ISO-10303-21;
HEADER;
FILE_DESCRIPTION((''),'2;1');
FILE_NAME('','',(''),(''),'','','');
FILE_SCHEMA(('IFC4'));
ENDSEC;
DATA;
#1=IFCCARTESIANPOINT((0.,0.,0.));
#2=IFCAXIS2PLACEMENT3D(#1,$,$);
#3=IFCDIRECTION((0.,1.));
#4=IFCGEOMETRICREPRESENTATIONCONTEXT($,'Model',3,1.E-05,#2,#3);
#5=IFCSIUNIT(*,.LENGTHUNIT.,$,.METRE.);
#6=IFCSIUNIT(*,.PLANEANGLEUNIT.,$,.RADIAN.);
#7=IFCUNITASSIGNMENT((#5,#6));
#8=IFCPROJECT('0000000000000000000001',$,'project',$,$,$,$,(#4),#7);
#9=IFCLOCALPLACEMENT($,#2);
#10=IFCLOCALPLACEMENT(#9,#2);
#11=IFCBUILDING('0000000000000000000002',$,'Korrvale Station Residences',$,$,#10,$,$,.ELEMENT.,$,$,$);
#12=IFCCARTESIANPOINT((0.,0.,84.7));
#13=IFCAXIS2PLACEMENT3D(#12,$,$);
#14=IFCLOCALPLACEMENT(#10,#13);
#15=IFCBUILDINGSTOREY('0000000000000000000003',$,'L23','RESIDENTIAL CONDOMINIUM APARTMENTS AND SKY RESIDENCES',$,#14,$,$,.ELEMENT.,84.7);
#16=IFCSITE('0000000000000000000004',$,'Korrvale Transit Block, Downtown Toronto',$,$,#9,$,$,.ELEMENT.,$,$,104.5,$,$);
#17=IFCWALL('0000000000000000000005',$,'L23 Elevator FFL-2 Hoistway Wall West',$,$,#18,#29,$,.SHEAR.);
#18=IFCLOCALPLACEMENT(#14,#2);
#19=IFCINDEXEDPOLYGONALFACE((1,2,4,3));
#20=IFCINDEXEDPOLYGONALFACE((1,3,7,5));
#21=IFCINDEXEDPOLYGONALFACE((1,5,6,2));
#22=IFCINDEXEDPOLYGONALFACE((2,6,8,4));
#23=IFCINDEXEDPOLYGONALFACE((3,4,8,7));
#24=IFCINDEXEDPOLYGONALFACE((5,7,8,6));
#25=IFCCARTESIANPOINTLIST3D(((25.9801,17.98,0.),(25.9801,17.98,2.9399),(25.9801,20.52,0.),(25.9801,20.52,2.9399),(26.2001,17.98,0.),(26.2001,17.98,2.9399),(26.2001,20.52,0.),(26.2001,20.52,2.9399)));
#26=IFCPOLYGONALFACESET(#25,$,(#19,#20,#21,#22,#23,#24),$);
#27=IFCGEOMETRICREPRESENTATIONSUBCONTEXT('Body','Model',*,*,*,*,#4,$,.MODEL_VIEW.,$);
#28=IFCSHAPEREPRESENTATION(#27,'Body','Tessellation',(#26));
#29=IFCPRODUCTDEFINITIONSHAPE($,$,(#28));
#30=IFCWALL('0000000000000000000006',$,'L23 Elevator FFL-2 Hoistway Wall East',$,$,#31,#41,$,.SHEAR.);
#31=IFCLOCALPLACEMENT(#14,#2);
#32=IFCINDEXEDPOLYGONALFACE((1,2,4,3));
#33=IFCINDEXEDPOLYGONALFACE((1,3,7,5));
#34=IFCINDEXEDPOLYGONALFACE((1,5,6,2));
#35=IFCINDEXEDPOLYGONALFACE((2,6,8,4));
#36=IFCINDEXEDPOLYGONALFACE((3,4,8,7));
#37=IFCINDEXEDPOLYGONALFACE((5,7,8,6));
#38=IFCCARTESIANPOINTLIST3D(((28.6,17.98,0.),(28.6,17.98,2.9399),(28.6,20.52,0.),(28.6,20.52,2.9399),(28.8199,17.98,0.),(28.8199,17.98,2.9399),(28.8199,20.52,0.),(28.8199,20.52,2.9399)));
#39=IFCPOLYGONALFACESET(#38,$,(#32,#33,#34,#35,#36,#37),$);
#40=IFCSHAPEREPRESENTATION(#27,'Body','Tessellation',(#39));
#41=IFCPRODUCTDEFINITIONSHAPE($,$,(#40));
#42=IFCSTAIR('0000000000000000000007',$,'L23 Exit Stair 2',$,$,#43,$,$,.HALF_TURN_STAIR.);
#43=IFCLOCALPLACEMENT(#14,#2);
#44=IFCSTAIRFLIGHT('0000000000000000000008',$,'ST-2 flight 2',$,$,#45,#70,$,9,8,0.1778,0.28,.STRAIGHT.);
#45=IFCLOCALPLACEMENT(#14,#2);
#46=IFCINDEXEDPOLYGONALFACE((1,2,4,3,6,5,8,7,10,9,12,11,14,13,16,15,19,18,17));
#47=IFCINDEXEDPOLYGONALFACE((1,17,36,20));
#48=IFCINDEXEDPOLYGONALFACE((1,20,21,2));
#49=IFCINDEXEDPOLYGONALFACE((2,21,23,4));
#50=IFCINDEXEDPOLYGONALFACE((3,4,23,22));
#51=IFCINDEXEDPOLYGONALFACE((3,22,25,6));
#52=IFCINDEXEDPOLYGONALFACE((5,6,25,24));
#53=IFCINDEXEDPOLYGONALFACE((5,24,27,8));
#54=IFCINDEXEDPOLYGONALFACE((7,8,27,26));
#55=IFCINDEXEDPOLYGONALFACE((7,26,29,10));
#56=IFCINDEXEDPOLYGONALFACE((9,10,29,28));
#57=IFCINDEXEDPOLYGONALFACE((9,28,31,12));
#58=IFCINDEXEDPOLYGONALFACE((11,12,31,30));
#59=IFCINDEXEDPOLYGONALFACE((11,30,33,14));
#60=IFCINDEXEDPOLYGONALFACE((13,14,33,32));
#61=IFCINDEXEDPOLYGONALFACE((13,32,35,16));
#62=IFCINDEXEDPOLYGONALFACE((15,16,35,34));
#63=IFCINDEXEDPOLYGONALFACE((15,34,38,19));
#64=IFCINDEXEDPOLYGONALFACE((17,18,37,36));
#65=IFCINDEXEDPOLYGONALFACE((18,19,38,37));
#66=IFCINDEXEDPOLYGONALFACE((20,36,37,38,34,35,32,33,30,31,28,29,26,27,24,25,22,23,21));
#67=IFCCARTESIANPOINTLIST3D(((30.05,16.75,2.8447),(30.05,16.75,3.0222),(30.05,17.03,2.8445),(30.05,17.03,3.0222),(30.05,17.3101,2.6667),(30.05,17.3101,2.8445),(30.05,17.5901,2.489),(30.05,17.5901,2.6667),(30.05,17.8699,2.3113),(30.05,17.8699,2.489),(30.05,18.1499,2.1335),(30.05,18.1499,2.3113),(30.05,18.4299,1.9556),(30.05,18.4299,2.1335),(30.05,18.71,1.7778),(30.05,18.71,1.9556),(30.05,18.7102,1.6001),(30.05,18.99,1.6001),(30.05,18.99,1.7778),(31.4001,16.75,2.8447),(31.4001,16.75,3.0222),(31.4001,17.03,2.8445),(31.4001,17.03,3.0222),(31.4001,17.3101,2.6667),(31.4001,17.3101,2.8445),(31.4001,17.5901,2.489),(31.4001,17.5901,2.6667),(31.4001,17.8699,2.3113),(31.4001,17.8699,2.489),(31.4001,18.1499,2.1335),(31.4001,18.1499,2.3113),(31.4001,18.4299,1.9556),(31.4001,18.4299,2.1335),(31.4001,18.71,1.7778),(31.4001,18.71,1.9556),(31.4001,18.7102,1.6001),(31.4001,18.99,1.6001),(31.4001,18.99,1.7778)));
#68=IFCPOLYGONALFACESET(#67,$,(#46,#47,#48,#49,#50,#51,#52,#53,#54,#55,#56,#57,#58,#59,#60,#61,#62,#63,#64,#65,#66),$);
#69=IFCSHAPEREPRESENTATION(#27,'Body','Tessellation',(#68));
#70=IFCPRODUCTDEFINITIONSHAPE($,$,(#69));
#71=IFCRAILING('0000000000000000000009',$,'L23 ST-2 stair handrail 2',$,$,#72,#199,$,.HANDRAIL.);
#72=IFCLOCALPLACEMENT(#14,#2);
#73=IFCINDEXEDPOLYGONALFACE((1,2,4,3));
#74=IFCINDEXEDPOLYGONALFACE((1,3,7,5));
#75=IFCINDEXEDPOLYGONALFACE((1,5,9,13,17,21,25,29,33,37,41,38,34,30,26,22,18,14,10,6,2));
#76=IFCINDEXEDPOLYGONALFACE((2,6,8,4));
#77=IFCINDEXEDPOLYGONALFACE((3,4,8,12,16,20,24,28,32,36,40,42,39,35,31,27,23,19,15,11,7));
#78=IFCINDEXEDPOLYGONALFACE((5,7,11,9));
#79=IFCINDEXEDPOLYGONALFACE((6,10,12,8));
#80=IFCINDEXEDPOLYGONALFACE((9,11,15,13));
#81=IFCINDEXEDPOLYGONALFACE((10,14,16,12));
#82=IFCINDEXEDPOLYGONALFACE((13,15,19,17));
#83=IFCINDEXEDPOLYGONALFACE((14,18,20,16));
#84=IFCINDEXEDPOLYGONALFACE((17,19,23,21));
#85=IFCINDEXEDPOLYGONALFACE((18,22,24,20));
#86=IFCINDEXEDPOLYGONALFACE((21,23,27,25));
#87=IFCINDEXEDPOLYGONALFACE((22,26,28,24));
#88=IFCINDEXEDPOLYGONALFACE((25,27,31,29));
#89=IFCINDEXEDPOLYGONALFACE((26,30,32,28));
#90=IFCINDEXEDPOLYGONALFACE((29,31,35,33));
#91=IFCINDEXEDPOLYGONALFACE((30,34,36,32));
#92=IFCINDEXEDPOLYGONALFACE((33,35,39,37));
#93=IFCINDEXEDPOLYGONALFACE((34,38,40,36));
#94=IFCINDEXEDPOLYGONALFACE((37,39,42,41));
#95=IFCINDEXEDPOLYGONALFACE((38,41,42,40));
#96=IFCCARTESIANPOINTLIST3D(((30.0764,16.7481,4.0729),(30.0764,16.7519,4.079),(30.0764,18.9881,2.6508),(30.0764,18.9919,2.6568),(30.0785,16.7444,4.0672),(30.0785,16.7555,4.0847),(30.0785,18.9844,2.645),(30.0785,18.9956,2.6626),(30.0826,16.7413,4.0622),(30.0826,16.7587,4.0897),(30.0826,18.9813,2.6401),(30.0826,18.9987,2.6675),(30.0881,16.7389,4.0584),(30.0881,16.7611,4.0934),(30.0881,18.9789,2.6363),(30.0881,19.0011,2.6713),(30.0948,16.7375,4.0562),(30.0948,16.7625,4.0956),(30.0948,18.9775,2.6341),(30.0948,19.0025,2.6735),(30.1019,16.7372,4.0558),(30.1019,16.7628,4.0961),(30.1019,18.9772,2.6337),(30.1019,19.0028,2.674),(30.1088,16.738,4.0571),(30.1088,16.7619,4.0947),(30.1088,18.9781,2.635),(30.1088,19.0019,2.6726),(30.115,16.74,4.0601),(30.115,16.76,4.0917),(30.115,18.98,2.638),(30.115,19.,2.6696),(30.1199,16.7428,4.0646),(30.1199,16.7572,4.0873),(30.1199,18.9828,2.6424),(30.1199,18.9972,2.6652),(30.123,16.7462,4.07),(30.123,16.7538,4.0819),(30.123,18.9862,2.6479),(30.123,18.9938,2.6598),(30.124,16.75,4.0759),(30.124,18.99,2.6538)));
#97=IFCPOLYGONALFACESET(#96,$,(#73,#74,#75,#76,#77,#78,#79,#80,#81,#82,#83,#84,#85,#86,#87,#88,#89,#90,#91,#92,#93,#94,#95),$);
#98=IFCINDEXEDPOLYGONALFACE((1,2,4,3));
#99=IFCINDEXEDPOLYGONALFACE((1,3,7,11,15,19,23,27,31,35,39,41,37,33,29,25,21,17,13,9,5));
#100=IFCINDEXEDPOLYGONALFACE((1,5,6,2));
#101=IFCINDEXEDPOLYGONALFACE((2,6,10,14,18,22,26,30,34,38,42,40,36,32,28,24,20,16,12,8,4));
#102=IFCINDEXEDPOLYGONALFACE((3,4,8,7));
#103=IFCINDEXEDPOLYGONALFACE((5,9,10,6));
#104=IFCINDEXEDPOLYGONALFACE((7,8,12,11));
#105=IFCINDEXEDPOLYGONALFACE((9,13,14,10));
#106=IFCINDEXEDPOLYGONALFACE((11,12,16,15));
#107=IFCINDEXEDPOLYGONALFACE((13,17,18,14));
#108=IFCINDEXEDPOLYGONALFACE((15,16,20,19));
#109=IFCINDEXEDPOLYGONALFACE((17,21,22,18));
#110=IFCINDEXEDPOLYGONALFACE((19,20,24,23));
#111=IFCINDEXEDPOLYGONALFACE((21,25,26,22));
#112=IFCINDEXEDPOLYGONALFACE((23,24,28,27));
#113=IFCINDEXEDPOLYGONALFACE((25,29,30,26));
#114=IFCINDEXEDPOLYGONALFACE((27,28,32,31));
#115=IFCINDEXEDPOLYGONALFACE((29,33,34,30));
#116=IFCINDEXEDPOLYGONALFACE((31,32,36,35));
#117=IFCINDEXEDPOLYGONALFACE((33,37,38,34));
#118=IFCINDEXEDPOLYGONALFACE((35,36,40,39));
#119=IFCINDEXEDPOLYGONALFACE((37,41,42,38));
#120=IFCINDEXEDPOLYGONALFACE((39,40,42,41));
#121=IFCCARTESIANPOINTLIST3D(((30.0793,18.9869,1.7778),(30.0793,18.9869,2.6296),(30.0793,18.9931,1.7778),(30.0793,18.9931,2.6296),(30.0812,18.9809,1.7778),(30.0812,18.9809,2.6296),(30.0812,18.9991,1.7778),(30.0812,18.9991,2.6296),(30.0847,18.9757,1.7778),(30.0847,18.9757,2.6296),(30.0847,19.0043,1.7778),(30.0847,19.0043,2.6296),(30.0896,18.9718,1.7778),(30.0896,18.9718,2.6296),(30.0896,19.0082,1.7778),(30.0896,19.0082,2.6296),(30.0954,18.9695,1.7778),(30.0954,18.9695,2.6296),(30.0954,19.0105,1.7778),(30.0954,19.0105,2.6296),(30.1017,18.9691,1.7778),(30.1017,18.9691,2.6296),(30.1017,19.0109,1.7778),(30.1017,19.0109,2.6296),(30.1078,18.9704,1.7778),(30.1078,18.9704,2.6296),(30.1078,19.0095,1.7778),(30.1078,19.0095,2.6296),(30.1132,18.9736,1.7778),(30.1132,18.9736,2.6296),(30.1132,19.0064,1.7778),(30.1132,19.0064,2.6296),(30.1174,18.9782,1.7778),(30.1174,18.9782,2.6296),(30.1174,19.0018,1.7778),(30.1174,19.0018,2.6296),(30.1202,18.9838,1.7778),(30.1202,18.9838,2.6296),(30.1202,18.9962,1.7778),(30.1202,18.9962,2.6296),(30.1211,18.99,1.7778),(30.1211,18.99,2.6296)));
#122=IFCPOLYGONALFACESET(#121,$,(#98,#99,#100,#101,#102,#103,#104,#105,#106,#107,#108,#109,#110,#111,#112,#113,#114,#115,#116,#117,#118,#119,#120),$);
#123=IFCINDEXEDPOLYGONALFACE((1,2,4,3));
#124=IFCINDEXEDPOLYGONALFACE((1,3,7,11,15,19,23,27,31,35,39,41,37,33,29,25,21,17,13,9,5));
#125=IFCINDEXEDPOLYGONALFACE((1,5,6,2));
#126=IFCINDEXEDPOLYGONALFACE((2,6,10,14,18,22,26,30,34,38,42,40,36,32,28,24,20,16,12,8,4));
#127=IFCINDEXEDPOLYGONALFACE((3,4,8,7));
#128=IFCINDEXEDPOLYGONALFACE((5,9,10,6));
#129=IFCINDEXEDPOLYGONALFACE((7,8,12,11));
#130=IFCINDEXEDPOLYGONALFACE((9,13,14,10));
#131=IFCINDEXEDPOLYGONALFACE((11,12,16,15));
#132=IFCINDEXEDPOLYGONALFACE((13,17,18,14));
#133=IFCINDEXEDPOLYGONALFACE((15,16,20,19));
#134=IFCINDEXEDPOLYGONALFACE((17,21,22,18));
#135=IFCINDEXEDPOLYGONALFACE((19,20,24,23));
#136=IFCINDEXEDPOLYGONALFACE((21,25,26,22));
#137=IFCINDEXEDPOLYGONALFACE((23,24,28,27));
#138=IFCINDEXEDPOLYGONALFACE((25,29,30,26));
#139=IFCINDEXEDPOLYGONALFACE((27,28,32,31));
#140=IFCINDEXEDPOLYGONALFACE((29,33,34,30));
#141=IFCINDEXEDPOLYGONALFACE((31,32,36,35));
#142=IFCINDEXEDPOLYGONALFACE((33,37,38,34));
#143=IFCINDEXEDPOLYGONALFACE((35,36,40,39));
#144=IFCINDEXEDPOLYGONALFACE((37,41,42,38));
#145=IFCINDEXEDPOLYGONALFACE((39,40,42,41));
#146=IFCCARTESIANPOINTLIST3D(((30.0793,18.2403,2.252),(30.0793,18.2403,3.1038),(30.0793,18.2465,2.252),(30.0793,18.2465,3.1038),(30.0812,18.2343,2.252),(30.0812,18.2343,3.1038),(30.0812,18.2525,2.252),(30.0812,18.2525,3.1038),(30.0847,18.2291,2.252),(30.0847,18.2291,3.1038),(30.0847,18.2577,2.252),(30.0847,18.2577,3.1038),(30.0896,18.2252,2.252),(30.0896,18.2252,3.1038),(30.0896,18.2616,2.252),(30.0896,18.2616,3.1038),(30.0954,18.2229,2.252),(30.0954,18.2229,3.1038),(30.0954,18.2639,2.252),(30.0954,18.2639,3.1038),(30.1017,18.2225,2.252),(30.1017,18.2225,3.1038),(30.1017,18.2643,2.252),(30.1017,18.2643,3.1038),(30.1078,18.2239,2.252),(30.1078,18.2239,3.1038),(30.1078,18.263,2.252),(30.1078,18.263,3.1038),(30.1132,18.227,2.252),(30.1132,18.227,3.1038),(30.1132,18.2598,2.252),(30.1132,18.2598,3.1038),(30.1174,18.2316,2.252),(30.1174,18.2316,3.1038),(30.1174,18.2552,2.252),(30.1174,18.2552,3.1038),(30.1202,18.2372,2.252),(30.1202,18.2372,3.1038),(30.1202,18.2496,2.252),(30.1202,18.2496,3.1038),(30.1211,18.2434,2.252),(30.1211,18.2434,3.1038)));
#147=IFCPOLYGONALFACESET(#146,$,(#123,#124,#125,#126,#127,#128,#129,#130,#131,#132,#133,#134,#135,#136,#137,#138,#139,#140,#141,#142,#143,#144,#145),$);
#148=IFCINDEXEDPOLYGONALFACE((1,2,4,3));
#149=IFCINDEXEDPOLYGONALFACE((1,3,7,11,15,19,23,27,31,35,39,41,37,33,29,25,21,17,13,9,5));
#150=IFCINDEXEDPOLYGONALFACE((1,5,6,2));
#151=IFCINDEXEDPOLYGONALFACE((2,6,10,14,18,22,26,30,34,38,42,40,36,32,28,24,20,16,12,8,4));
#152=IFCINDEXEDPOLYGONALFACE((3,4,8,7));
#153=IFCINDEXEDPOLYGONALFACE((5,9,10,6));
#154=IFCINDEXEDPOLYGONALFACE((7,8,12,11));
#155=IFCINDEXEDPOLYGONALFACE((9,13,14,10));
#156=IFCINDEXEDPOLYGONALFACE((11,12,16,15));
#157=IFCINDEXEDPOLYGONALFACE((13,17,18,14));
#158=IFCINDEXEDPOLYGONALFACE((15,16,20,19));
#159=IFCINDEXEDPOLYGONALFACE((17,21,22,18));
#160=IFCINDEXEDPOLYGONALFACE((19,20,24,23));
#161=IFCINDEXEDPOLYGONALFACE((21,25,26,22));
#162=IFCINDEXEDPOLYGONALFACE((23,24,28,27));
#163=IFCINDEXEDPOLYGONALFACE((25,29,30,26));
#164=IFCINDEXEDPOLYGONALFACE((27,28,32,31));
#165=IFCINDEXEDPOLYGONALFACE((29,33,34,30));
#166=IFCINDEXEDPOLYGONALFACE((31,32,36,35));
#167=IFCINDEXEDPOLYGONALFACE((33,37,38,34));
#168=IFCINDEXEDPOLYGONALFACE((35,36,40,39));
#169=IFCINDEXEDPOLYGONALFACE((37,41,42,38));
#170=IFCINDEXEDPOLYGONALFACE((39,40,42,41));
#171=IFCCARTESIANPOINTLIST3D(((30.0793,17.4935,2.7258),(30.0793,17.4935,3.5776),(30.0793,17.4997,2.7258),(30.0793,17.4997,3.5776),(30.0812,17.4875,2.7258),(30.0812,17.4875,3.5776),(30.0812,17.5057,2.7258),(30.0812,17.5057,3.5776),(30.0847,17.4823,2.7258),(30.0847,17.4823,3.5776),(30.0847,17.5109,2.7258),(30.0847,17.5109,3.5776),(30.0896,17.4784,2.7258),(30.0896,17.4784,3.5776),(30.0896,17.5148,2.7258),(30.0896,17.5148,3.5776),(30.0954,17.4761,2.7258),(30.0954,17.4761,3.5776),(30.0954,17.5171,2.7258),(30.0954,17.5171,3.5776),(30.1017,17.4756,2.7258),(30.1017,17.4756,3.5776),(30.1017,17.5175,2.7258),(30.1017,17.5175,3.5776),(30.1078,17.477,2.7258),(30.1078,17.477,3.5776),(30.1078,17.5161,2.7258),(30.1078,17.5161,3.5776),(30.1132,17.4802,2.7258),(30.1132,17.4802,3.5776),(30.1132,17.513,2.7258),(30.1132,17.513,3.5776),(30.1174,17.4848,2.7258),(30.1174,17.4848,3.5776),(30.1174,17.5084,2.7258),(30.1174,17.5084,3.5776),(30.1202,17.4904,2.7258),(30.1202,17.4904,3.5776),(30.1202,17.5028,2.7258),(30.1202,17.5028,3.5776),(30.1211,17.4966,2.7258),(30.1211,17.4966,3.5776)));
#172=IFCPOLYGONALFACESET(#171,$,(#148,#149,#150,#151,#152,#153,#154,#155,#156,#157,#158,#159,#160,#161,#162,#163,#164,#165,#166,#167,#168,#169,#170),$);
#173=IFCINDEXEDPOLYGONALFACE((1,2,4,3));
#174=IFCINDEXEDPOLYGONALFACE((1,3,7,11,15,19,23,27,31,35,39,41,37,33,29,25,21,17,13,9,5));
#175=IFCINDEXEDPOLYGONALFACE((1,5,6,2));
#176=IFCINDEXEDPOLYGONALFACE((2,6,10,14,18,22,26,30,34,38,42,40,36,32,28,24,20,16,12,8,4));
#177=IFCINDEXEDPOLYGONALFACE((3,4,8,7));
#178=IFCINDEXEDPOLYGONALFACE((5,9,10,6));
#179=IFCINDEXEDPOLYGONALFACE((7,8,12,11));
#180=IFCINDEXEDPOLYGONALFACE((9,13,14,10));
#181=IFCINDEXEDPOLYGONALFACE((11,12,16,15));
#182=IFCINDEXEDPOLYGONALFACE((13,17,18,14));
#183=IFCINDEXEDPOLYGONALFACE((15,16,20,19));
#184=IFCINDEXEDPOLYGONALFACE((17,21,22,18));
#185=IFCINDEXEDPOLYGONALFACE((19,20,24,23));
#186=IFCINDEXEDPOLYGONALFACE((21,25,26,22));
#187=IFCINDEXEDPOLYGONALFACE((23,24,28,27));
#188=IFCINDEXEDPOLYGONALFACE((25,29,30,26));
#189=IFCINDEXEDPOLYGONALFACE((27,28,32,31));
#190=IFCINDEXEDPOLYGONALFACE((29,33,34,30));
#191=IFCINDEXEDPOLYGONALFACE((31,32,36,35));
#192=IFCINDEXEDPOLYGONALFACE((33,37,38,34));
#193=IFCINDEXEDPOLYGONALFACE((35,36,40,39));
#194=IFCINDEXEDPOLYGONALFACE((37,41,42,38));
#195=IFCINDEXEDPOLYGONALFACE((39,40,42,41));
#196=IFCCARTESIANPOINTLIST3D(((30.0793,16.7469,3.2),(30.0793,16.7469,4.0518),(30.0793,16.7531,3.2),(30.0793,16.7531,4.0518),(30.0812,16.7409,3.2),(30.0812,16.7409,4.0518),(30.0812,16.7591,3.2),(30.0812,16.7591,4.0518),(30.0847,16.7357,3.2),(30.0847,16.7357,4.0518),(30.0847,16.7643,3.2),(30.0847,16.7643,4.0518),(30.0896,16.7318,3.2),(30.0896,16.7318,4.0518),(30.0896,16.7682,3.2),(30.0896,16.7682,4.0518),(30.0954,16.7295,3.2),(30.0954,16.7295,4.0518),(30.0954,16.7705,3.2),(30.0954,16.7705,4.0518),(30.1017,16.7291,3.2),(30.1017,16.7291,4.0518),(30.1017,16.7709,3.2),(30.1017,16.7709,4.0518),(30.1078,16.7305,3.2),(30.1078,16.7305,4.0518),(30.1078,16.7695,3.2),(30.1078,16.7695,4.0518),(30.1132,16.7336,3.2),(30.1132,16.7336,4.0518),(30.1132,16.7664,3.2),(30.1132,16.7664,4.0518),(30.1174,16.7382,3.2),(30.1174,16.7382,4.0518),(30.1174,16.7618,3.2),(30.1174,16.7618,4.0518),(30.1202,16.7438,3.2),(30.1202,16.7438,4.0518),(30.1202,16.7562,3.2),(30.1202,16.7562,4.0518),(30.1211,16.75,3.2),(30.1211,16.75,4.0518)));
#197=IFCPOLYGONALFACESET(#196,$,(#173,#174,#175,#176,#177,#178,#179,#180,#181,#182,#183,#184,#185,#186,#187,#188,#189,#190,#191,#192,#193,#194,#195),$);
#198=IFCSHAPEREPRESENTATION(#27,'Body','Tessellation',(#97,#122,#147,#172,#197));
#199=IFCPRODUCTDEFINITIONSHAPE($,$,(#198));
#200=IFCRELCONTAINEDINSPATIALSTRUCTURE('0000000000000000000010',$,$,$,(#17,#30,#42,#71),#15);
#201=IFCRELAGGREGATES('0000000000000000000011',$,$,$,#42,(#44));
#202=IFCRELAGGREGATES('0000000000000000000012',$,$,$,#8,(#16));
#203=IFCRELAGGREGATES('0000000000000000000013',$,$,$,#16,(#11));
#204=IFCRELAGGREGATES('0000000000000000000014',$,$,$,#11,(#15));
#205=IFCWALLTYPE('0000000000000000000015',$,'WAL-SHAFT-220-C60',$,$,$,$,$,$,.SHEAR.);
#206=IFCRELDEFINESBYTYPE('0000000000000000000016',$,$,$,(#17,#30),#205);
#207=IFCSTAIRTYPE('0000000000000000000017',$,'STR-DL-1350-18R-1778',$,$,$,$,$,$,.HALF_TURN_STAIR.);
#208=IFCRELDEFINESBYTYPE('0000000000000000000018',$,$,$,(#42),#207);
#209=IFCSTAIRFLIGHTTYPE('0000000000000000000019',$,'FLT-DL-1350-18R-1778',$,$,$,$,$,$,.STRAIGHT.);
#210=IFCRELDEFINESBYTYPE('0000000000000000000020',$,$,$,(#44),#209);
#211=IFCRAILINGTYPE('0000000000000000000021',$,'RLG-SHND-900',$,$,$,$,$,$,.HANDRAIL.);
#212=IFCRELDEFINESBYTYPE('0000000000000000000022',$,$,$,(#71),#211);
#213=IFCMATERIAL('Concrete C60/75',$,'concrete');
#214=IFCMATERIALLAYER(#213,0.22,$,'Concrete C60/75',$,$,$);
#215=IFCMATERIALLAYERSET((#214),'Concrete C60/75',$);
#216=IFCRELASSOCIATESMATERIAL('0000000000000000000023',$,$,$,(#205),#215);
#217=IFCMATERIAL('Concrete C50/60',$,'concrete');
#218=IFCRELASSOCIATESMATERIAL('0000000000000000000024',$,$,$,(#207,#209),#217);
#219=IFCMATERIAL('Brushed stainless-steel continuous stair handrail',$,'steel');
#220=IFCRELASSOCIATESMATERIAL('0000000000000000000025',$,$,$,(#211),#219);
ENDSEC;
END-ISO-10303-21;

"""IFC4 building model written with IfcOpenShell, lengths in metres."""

from ifc_helpers import new_model, si_unit, direction, frame, frame_2d, origin, origin_2d, place, context, subcontext, project, spatial, polyline, rectangle, circle, outline, extrude, material, layer, layer_set, type_object, element, aggregate, save


model = new_model("IFC4")

# Units and contexts
model_context = context("Model", 3, precision=1e-05, world=origin(), true_north=direction((0.0, 1.0)))
body_context = subcontext(model_context, "Body", "Model", "MODEL_VIEW")
ifc_project = project(units=[si_unit("LENGTHUNIT", "METRE"), si_unit("PLANEANGLEUNIT", "RADIAN")], contexts=[model_context])

# Site, building, storey
site_placement = place(None, origin())
site = spatial("IfcSite", under=ifc_project, at=site_placement, Name="Korrvale Transit Block, Downtown Toronto", CompositionType="ELEMENT", RefElevation=104.5)
building_placement = place(site_placement, origin())
building = spatial("IfcBuilding", under=site, at=building_placement, Name="Korrvale Station Residences", CompositionType="ELEMENT")
storey_placement = place(building_placement, frame((0.0, 0.0, 84.7)))
storey = spatial("IfcBuildingStorey", under=building, at=storey_placement, Name="L23", Description="RESIDENTIAL CONDOMINIUM APARTMENTS AND SKY RESIDENCES", CompositionType="ELEMENT", Elevation=84.7)

# Shared definitions
ifc_material_1 = material(Name="Concrete C60/75", Category="concrete")

# Shared definitions
ifc_layer_1 = layer(ifc_material_1, 0.22, Name="Concrete C60/75")
ifc_layer_set_1 = layer_set([ifc_layer_1], Name="Concrete C60/75")
wall_type_1 = type_object("IfcWallType", Name="WAL-SHAFT-220-C60", PredefinedType="SHEAR", material=ifc_layer_set_1)

# Walls
for number, where, z_axis, x_axis, name in (
    (1, (26.0901, 17.98, 0.0), (0.0, 0.0, 1.0), (0.0, 1.0, 0.0), "L23 Elevator FFL-2 Hoistway Wall West"),
    (2, (28.71, 17.98, 0.0), (0.0, 0.0, 1.0), (0.0, 1.0, 0.0), "L23 Elevator FFL-2 Hoistway Wall East"),
):
    element("IfcWall", number, at=place(storey_placement, frame(where, z_axis=z_axis, x_axis=x_axis)), inside=storey, type_object=wall_type_1, Name=name, PredefinedType="SHEAR", context=body_context, shape_type="SweptSolid", body=[
        extrude(rectangle(XDim=2.54, YDim=0.22, at=frame_2d((1.27, 0.0))), origin(), (0.0, 0.0, 1.0), 2.9399),
    ])

# Stair, stair flight
ifc_material_2 = material(Name="Concrete C50/60", Category="concrete")
stair_type = type_object("IfcStairType", Name="STR-DL-1350-18R-1778", PredefinedType="HALF_TURN_STAIR", material=ifc_material_2)
stair_placement = place(storey_placement, origin())
stair = element("IfcStair", 3, at=stair_placement, inside=storey, type_object=stair_type, Name="L23 Exit Stair 2", PredefinedType="HALF_TURN_STAIR")
stair_flight_type = type_object("IfcStairFlightType", Name="FLT-DL-1350-18R-1778", PredefinedType="STRAIGHT", material=ifc_material_2)
stair_flight_placement = place(storey_placement, frame((30.7251, 18.99, 1.6001), z_axis=(0.0, 0.0, 1.0), x_axis=(0.0, -1.0, 0.0)))
stair_flight = element("IfcStairFlight", 4, at=stair_flight_placement, type_object=stair_flight_type, Name="ST-2 flight 2", NumberOfRisers=9, NumberOfTreads=8, PredefinedType="STRAIGHT", RiserHeight=0.1778, TreadLength=0.28, context=body_context, shape_type="SweptSolid", body=[
    extrude(outline(polyline([(0.0, 0.0), (0.0, 0.1777), (0.28, 0.1777), (0.28, 0.3555), (0.5601, 0.3555), (0.5601, 0.5334), (0.8401, 0.5334), (0.8401, 0.7112), (1.1201, 0.7112), (1.1201, 0.8889), (1.3999, 0.8889), (1.3999, 1.0667), (1.6799, 1.0667), (1.6799, 1.2444), (1.96, 1.2444), (1.96, 1.4221), (2.24, 1.4221), (2.24, 1.6001), (2.24, 1.2446), (0.2798, 0.0), (0.0, 0.0)])), frame((0.0, 0.675, 0.0), z_axis=(0.0, -1.0, 0.0), x_axis=(1.0, 0.0, 0.0)), (0.0, 0.0, 1.0), 1.3501),
])
aggregate(stair, [stair_flight])

# Railing
ifc_material_3 = material(Name="Brushed stainless-steel continuous stair handrail", Category="steel")
railing_type_1 = type_object("IfcRailingType", Name="RLG-SHND-900", PredefinedType="HANDRAIL", material=ifc_material_3)
railing_1_placement = place(storey_placement, frame((30.1001, 18.99, 1.7778)))
element("IfcRailing", 5, at=railing_1_placement, inside=storey, type_object=railing_type_1, Name="L23 ST-2 stair handrail 2", PredefinedType="HANDRAIL", context=body_context, shape_type="SweptSolid", body=[
    extrude(circle(Radius=0.0239, at=origin_2d()), frame((0.0, 0.0, 0.876), z_axis=(0.0, -0.844229, 0.535982), x_axis=(1.0, 0.0, 0.0)), (0.0, 0.0, 1.0), 2.6533),
    extrude(circle(Radius=0.021, at=origin_2d()), origin(), (0.0, 0.0, 1.0), 0.8518),
    extrude(circle(Radius=0.021, at=origin_2d()), frame((0.0, -0.7466, 0.4741)), (0.0, 0.0, 1.0), 0.8518),
    extrude(circle(Radius=0.021, at=origin_2d()), frame((0.0, -1.4934, 0.948)), (0.0, 0.0, 1.0), 0.8518),
    extrude(circle(Radius=0.021, at=origin_2d()), frame((0.0, -2.24, 1.4221)), (0.0, 0.0, 1.0), 0.8518),
])

save(model, "model.ifc")
